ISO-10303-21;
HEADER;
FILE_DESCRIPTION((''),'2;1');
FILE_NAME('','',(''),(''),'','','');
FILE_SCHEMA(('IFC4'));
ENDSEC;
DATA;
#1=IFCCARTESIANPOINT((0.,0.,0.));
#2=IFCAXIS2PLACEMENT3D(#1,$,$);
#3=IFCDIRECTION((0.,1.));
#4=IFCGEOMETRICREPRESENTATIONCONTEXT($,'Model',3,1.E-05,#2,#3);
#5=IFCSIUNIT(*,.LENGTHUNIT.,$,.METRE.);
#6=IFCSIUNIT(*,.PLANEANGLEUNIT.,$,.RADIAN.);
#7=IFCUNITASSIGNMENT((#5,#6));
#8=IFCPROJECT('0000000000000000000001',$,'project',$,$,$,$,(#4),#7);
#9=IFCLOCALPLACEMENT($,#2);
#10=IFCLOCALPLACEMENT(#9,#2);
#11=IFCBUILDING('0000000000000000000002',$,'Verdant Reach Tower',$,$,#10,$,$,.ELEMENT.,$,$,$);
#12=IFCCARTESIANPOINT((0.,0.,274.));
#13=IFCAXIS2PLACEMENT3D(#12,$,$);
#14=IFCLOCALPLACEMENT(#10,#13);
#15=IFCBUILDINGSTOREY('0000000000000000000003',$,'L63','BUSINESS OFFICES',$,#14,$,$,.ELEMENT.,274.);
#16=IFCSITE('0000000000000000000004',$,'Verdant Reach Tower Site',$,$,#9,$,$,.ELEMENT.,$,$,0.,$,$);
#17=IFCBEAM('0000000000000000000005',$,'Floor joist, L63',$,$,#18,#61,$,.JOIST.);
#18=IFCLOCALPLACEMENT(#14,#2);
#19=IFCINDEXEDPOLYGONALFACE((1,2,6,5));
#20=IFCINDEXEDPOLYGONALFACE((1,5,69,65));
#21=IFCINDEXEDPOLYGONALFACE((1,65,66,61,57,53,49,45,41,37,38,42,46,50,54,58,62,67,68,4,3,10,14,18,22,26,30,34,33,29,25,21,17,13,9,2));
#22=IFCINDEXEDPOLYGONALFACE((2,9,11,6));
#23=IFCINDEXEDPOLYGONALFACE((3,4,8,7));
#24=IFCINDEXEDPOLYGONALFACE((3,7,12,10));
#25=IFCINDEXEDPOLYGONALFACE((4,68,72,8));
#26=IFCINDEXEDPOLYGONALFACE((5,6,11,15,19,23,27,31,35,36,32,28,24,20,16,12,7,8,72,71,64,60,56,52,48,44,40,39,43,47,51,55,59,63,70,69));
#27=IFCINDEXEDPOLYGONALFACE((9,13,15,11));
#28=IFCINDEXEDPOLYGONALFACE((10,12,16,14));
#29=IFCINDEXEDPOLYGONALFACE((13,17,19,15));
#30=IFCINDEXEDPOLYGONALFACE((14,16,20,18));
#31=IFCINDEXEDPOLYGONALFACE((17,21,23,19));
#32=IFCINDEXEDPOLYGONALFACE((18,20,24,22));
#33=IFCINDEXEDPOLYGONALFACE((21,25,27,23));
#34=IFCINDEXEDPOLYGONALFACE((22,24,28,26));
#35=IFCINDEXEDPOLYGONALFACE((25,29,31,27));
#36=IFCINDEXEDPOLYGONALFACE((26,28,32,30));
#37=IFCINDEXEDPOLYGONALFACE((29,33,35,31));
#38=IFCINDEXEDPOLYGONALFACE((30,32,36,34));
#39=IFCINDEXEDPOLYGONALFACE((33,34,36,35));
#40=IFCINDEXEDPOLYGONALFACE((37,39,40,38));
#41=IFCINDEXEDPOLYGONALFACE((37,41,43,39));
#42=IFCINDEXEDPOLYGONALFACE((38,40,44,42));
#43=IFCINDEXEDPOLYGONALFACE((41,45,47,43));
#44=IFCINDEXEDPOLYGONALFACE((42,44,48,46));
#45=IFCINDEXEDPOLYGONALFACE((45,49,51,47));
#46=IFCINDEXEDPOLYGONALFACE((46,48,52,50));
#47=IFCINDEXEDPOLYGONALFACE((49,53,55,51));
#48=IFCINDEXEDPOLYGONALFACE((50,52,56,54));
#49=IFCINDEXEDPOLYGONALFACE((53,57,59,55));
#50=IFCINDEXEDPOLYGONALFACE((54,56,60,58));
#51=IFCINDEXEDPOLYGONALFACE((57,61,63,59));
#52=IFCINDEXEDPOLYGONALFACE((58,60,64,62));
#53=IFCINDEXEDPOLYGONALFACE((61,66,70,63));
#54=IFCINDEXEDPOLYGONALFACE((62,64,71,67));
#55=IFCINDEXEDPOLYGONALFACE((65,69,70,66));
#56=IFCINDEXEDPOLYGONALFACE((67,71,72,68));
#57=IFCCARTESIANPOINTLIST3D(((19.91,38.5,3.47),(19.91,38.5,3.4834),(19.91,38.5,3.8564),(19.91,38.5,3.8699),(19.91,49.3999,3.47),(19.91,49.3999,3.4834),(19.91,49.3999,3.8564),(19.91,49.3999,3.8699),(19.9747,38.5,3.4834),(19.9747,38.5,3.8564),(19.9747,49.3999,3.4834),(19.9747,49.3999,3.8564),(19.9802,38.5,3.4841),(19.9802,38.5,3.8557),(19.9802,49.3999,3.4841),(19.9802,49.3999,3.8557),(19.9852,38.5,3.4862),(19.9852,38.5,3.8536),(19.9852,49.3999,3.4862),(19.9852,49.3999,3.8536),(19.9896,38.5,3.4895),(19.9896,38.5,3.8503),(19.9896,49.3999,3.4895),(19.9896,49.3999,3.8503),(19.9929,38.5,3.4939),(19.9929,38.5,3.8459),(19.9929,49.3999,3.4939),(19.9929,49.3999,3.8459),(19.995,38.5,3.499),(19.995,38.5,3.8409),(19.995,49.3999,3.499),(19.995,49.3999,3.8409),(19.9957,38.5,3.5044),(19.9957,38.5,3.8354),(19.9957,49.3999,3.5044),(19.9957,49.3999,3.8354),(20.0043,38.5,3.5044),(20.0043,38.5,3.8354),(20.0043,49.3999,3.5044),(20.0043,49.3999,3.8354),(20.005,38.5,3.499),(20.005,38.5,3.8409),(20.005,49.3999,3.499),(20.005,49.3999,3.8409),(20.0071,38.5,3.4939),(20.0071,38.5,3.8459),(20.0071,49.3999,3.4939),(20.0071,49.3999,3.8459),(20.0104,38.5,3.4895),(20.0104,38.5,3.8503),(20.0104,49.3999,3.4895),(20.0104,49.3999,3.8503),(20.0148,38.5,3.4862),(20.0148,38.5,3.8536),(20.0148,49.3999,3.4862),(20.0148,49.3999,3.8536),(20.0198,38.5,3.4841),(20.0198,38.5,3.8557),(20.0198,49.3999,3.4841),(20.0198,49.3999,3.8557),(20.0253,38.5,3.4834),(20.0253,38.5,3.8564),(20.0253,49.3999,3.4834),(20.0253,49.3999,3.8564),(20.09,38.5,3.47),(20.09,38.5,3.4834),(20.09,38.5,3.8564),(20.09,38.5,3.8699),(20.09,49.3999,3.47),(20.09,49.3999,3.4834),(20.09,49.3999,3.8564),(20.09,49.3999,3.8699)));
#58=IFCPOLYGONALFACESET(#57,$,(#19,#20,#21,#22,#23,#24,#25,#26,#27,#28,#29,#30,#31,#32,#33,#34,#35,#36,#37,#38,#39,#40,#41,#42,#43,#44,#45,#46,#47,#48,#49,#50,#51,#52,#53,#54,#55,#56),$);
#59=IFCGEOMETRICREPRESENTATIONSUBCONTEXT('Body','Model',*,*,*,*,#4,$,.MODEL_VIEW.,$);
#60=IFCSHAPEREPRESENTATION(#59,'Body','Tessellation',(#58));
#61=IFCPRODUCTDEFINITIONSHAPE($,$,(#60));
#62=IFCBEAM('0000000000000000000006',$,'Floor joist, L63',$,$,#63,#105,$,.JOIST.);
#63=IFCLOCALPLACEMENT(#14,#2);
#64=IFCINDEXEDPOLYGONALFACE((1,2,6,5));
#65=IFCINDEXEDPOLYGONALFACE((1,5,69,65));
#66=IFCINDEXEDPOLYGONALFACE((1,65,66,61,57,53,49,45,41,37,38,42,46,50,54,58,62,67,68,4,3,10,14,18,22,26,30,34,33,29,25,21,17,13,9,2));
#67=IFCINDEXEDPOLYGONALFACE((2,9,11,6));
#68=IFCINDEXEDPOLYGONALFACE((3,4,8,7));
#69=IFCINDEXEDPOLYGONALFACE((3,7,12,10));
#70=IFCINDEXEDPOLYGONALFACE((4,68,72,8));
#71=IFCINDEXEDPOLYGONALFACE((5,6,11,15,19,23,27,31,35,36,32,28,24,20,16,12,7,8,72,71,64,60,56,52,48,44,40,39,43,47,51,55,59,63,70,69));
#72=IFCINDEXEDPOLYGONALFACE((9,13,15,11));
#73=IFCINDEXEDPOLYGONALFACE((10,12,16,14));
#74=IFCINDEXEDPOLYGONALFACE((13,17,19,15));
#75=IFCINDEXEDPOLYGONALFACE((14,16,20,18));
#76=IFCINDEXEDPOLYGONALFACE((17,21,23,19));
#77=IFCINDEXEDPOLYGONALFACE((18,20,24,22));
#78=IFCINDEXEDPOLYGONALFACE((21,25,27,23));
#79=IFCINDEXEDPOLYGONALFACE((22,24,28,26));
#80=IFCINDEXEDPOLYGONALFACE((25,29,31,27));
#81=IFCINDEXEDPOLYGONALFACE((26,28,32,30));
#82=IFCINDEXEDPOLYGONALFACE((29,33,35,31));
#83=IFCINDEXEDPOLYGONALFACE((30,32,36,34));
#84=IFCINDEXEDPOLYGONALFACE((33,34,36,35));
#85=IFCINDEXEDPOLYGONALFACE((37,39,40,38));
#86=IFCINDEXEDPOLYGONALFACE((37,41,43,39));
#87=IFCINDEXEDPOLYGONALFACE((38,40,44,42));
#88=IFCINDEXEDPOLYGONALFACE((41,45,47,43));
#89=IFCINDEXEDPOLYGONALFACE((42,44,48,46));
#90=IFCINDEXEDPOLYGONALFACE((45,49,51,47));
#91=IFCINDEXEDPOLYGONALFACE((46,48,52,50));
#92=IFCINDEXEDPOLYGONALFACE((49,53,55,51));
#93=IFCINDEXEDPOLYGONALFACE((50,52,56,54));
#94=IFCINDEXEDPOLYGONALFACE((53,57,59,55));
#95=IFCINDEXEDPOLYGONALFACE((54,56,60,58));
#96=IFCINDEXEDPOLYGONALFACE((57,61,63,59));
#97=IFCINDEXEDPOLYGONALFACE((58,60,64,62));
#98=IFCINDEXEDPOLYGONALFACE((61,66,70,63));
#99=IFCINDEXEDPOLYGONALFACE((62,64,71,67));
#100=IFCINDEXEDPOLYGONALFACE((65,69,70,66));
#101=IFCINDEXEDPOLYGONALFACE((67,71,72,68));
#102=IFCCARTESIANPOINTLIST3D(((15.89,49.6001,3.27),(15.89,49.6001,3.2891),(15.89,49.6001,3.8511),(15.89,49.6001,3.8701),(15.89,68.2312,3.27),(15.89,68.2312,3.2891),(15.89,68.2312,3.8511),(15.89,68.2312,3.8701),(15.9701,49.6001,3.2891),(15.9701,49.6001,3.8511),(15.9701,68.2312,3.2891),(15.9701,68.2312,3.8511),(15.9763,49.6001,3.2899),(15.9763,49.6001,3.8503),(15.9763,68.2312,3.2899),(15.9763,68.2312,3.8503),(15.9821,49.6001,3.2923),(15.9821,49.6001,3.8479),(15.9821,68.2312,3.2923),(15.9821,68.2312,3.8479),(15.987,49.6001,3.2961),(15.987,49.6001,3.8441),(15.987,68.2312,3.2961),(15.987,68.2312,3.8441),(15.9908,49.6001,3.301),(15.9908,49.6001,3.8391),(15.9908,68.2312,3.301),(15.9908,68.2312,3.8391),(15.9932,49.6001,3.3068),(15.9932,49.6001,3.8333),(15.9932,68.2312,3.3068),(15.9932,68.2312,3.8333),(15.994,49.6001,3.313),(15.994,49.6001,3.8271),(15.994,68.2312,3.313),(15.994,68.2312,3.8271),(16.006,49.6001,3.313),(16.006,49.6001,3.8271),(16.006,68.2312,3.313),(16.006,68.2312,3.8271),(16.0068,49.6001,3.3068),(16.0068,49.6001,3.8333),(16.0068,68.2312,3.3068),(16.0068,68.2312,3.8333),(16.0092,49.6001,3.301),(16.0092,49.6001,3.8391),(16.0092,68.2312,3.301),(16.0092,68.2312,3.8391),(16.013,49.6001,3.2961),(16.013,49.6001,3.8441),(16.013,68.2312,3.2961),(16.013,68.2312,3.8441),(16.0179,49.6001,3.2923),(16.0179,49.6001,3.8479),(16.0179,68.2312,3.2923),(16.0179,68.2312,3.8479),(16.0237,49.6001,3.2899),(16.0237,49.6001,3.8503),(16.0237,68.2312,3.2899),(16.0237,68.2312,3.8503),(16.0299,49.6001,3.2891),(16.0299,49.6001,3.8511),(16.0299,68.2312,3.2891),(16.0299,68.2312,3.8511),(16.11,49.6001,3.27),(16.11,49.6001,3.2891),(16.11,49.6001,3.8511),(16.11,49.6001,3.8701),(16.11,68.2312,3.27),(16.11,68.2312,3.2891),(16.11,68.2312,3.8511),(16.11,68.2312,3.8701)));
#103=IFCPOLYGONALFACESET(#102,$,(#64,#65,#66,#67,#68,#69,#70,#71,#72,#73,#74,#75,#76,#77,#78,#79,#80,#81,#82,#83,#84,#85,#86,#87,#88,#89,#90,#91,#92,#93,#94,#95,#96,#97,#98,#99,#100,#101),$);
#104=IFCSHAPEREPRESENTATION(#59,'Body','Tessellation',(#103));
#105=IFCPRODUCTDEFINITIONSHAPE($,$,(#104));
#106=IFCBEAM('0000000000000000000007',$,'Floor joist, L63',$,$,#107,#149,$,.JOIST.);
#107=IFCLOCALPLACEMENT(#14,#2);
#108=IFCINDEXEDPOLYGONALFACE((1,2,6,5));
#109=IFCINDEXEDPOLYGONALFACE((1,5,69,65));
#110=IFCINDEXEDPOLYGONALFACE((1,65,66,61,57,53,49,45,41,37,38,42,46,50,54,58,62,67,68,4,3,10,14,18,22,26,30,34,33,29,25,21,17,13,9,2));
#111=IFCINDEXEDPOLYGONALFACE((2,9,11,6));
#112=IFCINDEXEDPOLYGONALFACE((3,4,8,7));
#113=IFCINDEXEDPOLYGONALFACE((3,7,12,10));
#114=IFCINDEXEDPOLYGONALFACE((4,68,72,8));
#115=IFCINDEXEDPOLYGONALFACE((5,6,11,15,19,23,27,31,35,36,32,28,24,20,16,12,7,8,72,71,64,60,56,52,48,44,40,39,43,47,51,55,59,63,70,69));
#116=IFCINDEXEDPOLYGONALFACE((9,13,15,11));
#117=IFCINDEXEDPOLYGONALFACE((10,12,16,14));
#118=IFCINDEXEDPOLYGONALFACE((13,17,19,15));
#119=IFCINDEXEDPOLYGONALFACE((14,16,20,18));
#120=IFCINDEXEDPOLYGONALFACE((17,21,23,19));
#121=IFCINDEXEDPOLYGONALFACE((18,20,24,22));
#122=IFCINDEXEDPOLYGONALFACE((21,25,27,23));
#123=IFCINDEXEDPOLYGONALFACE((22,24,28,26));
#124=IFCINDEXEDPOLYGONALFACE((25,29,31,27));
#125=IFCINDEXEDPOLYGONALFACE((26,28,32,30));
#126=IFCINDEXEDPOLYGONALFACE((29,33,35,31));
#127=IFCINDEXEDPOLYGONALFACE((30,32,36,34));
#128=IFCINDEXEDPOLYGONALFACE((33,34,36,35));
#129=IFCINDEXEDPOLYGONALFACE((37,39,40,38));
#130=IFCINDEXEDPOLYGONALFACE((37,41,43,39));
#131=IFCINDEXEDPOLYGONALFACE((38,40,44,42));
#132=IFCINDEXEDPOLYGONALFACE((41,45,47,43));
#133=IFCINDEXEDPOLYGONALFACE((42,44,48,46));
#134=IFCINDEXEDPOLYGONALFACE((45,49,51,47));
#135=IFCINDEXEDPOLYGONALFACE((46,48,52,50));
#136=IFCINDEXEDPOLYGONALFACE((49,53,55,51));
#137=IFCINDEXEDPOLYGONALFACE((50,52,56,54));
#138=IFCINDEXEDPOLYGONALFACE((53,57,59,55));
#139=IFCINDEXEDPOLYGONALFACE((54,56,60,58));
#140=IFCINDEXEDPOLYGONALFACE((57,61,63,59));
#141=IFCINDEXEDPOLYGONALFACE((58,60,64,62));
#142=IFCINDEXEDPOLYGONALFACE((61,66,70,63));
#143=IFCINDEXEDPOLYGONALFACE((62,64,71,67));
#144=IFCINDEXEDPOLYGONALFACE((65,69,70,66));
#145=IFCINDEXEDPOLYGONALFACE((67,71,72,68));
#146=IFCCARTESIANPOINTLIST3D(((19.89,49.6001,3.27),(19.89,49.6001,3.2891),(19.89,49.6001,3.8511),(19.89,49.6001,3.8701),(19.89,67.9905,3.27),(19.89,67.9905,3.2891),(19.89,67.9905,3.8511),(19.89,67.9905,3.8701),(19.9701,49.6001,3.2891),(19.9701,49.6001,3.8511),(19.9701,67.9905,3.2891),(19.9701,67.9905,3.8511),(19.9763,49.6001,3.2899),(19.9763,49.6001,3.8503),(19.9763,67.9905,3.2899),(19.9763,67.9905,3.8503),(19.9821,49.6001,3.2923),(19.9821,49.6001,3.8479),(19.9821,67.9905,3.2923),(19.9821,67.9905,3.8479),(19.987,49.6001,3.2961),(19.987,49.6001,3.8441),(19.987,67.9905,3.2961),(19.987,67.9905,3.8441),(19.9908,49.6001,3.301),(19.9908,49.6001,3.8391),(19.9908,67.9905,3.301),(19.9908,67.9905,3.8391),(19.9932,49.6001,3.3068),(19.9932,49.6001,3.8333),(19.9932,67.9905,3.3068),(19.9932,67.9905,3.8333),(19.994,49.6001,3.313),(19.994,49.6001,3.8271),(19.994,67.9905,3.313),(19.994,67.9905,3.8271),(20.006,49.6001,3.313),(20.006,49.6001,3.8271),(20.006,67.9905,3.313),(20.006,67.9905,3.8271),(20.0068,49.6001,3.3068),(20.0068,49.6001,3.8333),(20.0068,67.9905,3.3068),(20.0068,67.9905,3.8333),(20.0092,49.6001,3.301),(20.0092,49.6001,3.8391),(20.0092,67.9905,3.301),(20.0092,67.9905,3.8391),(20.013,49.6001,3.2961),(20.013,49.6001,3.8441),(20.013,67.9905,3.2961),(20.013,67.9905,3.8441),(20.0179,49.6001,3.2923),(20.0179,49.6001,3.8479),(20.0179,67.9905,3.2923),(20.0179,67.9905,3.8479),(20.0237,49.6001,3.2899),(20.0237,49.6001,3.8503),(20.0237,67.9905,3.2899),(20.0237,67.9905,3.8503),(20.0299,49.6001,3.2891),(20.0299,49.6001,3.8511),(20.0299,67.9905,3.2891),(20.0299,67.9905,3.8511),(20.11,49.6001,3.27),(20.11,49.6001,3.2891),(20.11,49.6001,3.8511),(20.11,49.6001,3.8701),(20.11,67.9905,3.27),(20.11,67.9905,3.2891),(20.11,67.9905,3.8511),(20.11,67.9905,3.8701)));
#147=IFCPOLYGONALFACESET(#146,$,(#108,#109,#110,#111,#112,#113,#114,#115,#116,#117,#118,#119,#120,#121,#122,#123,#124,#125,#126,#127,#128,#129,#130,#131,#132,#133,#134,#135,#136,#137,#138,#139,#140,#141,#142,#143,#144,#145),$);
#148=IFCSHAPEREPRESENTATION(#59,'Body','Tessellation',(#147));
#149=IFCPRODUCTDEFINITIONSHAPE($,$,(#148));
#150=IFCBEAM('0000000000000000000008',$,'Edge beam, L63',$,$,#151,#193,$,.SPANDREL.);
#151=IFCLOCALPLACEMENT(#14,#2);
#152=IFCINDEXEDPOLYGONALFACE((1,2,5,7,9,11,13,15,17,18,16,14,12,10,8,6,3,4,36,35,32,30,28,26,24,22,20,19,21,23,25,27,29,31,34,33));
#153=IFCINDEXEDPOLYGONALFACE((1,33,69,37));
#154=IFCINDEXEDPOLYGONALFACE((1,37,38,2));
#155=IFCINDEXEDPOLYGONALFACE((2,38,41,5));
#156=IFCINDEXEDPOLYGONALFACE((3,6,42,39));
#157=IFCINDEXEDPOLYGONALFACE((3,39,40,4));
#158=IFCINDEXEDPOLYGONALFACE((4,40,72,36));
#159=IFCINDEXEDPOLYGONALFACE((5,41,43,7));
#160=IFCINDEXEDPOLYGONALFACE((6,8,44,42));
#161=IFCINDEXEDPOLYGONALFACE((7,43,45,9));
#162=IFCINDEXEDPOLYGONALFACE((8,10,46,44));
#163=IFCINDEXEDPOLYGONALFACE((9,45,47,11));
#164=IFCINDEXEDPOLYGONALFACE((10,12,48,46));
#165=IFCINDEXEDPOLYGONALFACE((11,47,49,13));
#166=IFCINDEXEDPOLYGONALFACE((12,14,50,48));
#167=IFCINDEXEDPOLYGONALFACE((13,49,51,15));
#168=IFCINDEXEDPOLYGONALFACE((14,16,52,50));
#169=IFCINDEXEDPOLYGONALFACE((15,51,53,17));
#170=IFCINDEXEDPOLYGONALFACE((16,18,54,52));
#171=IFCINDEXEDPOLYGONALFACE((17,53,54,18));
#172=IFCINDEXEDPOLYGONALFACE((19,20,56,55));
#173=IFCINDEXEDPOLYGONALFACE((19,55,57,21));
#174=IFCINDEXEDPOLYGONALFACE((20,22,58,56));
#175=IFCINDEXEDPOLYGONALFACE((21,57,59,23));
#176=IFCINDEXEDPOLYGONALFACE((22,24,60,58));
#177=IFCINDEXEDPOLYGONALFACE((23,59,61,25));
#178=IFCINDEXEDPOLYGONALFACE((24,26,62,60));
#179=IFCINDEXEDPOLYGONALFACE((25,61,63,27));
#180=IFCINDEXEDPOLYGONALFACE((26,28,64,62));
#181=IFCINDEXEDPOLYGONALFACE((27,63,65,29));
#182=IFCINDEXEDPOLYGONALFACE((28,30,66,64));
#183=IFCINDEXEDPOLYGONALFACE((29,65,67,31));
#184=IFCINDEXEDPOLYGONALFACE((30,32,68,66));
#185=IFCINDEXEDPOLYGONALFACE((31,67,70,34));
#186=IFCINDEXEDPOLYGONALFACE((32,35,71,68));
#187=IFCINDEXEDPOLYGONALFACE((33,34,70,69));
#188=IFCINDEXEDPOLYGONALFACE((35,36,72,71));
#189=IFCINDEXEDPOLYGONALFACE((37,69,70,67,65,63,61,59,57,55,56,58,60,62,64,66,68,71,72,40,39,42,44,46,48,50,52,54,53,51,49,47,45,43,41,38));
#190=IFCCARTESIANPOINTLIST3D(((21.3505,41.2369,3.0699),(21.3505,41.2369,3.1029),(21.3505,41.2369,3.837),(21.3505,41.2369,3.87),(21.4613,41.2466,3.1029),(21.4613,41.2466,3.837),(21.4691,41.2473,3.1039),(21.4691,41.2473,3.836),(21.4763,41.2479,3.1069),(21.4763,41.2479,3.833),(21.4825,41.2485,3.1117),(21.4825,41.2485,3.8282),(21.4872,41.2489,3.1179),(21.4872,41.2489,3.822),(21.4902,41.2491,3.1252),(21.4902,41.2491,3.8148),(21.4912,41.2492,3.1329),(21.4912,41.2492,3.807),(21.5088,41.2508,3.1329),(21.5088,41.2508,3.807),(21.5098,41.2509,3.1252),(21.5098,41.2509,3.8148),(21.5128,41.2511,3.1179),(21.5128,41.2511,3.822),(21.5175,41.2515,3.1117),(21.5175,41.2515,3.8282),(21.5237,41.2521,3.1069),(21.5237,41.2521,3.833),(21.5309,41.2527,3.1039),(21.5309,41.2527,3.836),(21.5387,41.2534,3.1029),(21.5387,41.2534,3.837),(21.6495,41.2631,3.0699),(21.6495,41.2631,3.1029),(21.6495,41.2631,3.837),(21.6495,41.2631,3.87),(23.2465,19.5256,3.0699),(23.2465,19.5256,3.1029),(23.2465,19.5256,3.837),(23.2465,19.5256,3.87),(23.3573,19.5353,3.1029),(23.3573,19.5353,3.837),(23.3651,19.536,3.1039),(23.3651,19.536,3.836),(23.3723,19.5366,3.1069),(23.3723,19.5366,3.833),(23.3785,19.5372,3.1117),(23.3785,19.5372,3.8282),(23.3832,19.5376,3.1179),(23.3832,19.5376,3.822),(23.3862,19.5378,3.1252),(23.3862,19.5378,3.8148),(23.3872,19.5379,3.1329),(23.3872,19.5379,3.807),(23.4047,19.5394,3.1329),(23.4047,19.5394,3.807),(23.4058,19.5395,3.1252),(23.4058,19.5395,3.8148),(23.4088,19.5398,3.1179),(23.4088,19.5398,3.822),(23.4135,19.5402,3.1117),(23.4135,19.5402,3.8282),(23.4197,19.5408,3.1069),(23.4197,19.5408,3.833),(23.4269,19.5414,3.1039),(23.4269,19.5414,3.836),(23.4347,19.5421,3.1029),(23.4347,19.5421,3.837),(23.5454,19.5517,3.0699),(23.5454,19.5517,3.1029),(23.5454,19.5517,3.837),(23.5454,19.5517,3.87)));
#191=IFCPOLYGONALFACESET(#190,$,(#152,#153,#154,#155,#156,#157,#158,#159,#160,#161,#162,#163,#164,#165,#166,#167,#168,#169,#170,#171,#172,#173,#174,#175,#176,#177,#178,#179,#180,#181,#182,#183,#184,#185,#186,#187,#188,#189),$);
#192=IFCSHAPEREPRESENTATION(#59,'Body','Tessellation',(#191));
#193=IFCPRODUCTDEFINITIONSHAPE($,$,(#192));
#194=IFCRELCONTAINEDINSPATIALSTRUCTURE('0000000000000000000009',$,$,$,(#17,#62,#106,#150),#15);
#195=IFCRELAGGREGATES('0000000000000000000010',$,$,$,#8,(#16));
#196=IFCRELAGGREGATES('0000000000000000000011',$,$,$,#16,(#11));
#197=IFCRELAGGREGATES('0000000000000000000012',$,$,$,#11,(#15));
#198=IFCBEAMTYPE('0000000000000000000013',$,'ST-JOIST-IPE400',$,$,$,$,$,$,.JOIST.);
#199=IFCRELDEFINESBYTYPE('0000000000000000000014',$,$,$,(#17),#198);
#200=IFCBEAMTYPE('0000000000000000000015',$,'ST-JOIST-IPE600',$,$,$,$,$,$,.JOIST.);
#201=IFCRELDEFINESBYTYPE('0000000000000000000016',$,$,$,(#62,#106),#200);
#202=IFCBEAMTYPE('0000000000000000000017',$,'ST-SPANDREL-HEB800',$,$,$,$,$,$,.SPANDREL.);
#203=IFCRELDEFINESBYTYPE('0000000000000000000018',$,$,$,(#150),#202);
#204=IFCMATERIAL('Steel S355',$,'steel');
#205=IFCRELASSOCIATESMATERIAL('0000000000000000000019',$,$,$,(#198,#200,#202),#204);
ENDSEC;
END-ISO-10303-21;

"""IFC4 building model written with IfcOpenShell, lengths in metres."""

from ifc_helpers import new_model, si_unit, direction, frame, origin, origin_2d, place, context, subcontext, project, spatial, i_section, extrude, material, material_profile, profile_set, type_object, element, save


model = new_model("IFC4")

# Units and contexts
model_context = context("Model", 3, precision=1e-05, world=origin(), true_north=direction((0.0, 1.0)))
body_context = subcontext(model_context, "Body", "Model", "MODEL_VIEW")
ifc_project = project(units=[si_unit("LENGTHUNIT", "METRE"), si_unit("PLANEANGLEUNIT", "RADIAN")], contexts=[model_context])

# Site, building, storey
site_placement = place(None, origin())
site = spatial("IfcSite", under=ifc_project, at=site_placement, Name="Verdant Reach Tower Site", CompositionType="ELEMENT", RefElevation=0.0)
building_placement = place(site_placement, origin())
building = spatial("IfcBuilding", under=site, at=building_placement, Name="Verdant Reach Tower", CompositionType="ELEMENT")
storey_placement = place(building_placement, frame((0.0, 0.0, 274.0)))
storey = spatial("IfcBuildingStorey", under=building, at=storey_placement, Name="L63", Description="BUSINESS OFFICES", CompositionType="ELEMENT", Elevation=274.0)

# Beams
ifc_material_1 = material(Name="Steel S355", Category="steel")
ifc_material_profile_1 = material_profile(ifc_material_1, i_section(OverallWidth=0.1799, OverallDepth=0.3999, WebThickness=0.0085, FlangeThickness=0.0134, FilletRadius=0.021, at=origin_2d()), Name="IPE 400")
ifc_profile_set_1 = profile_set([ifc_material_profile_1], Name="Steel S355")
beam_type_1 = type_object("IfcBeamType", Name="ST-JOIST-IPE400", PredefinedType="JOIST", material=ifc_profile_set_1)
for number, where, z_axis, x_axis, name in (
    (1, (20.0, 38.5, 3.6699), (0.0, 1.0, 0.0), (-1.0, 0.0, 0.0), "Floor joist, L63"),
):
    element("IfcBeam", number, at=place(storey_placement, frame(where, z_axis=z_axis, x_axis=x_axis)), inside=storey, type_object=beam_type_1, Name=name, PredefinedType="JOIST", context=body_context, shape_type="SweptSolid", body=[
        extrude(i_section(OverallWidth=0.1799, OverallDepth=0.3999, WebThickness=0.0085, FlangeThickness=0.0134, FilletRadius=0.021, at=origin_2d()), origin(), (0.0, 0.0, 1.0), 10.8999),
    ])
ifc_material_profile_2 = material_profile(ifc_material_1, i_section(OverallWidth=0.22, OverallDepth=0.6001, WebThickness=0.012, FlangeThickness=0.019, FilletRadius=0.0239, at=origin_2d()), Name="IPE 600")
ifc_profile_set_2 = profile_set([ifc_material_profile_2], Name="Steel S355")
beam_type_2 = type_object("IfcBeamType", Name="ST-JOIST-IPE600", PredefinedType="JOIST", material=ifc_profile_set_2)
beam_1_placement = place(storey_placement, frame((16.0, 49.6001, 3.5701), z_axis=(0.0, 1.0, 0.0), x_axis=(-1.0, 0.0, 0.0)))
element("IfcBeam", 2, at=beam_1_placement, inside=storey, type_object=beam_type_2, Name="Floor joist, L63", PredefinedType="JOIST", context=body_context, shape_type="SweptSolid", body=[
    extrude(i_section(OverallWidth=0.22, OverallDepth=0.6001, WebThickness=0.012, FlangeThickness=0.019, FilletRadius=0.0239, at=origin_2d()), origin(), (0.0, 0.0, 1.0), 18.6311),
])
beam_2_placement = place(storey_placement, frame((20.0, 49.6001, 3.5701), z_axis=(0.0, 1.0, 0.0), x_axis=(-1.0, 0.0, 0.0)))
element("IfcBeam", 3, at=beam_2_placement, inside=storey, type_object=beam_type_2, Name="Floor joist, L63", PredefinedType="JOIST", context=body_context, shape_type="SweptSolid", body=[
    extrude(i_section(OverallWidth=0.22, OverallDepth=0.6001, WebThickness=0.012, FlangeThickness=0.019, FilletRadius=0.0239, at=origin_2d()), origin(), (0.0, 0.0, 1.0), 18.3904),
])
ifc_material_profile_3 = material_profile(ifc_material_1, i_section(OverallWidth=0.3, OverallDepth=0.8, WebThickness=0.0176, FlangeThickness=0.033, FilletRadius=0.03, at=origin_2d()), Name="HEB 800")
ifc_profile_set_3 = profile_set([ifc_material_profile_3], Name="Steel S355")
beam_type_3 = type_object("IfcBeamType", Name="ST-SPANDREL-HEB800", PredefinedType="SPANDREL", material=ifc_profile_set_3)
beam_3_placement = place(storey_placement, frame((21.5, 41.25, 3.47), z_axis=(0.086996, -0.996209, 0.0), x_axis=(0.996209, 0.086996, 0.0)))
element("IfcBeam", 4, at=beam_3_placement, inside=storey, type_object=beam_type_3, Name="Edge beam, L63", PredefinedType="SPANDREL", context=body_context, shape_type="SweptSolid", body=[
    extrude(i_section(OverallWidth=0.3, OverallDepth=0.8, WebThickness=0.0176, FlangeThickness=0.033, FilletRadius=0.03, at=origin_2d()), origin(), (0.0, 0.0, 1.0), 21.7939),
])

save(model, "model.ifc")
